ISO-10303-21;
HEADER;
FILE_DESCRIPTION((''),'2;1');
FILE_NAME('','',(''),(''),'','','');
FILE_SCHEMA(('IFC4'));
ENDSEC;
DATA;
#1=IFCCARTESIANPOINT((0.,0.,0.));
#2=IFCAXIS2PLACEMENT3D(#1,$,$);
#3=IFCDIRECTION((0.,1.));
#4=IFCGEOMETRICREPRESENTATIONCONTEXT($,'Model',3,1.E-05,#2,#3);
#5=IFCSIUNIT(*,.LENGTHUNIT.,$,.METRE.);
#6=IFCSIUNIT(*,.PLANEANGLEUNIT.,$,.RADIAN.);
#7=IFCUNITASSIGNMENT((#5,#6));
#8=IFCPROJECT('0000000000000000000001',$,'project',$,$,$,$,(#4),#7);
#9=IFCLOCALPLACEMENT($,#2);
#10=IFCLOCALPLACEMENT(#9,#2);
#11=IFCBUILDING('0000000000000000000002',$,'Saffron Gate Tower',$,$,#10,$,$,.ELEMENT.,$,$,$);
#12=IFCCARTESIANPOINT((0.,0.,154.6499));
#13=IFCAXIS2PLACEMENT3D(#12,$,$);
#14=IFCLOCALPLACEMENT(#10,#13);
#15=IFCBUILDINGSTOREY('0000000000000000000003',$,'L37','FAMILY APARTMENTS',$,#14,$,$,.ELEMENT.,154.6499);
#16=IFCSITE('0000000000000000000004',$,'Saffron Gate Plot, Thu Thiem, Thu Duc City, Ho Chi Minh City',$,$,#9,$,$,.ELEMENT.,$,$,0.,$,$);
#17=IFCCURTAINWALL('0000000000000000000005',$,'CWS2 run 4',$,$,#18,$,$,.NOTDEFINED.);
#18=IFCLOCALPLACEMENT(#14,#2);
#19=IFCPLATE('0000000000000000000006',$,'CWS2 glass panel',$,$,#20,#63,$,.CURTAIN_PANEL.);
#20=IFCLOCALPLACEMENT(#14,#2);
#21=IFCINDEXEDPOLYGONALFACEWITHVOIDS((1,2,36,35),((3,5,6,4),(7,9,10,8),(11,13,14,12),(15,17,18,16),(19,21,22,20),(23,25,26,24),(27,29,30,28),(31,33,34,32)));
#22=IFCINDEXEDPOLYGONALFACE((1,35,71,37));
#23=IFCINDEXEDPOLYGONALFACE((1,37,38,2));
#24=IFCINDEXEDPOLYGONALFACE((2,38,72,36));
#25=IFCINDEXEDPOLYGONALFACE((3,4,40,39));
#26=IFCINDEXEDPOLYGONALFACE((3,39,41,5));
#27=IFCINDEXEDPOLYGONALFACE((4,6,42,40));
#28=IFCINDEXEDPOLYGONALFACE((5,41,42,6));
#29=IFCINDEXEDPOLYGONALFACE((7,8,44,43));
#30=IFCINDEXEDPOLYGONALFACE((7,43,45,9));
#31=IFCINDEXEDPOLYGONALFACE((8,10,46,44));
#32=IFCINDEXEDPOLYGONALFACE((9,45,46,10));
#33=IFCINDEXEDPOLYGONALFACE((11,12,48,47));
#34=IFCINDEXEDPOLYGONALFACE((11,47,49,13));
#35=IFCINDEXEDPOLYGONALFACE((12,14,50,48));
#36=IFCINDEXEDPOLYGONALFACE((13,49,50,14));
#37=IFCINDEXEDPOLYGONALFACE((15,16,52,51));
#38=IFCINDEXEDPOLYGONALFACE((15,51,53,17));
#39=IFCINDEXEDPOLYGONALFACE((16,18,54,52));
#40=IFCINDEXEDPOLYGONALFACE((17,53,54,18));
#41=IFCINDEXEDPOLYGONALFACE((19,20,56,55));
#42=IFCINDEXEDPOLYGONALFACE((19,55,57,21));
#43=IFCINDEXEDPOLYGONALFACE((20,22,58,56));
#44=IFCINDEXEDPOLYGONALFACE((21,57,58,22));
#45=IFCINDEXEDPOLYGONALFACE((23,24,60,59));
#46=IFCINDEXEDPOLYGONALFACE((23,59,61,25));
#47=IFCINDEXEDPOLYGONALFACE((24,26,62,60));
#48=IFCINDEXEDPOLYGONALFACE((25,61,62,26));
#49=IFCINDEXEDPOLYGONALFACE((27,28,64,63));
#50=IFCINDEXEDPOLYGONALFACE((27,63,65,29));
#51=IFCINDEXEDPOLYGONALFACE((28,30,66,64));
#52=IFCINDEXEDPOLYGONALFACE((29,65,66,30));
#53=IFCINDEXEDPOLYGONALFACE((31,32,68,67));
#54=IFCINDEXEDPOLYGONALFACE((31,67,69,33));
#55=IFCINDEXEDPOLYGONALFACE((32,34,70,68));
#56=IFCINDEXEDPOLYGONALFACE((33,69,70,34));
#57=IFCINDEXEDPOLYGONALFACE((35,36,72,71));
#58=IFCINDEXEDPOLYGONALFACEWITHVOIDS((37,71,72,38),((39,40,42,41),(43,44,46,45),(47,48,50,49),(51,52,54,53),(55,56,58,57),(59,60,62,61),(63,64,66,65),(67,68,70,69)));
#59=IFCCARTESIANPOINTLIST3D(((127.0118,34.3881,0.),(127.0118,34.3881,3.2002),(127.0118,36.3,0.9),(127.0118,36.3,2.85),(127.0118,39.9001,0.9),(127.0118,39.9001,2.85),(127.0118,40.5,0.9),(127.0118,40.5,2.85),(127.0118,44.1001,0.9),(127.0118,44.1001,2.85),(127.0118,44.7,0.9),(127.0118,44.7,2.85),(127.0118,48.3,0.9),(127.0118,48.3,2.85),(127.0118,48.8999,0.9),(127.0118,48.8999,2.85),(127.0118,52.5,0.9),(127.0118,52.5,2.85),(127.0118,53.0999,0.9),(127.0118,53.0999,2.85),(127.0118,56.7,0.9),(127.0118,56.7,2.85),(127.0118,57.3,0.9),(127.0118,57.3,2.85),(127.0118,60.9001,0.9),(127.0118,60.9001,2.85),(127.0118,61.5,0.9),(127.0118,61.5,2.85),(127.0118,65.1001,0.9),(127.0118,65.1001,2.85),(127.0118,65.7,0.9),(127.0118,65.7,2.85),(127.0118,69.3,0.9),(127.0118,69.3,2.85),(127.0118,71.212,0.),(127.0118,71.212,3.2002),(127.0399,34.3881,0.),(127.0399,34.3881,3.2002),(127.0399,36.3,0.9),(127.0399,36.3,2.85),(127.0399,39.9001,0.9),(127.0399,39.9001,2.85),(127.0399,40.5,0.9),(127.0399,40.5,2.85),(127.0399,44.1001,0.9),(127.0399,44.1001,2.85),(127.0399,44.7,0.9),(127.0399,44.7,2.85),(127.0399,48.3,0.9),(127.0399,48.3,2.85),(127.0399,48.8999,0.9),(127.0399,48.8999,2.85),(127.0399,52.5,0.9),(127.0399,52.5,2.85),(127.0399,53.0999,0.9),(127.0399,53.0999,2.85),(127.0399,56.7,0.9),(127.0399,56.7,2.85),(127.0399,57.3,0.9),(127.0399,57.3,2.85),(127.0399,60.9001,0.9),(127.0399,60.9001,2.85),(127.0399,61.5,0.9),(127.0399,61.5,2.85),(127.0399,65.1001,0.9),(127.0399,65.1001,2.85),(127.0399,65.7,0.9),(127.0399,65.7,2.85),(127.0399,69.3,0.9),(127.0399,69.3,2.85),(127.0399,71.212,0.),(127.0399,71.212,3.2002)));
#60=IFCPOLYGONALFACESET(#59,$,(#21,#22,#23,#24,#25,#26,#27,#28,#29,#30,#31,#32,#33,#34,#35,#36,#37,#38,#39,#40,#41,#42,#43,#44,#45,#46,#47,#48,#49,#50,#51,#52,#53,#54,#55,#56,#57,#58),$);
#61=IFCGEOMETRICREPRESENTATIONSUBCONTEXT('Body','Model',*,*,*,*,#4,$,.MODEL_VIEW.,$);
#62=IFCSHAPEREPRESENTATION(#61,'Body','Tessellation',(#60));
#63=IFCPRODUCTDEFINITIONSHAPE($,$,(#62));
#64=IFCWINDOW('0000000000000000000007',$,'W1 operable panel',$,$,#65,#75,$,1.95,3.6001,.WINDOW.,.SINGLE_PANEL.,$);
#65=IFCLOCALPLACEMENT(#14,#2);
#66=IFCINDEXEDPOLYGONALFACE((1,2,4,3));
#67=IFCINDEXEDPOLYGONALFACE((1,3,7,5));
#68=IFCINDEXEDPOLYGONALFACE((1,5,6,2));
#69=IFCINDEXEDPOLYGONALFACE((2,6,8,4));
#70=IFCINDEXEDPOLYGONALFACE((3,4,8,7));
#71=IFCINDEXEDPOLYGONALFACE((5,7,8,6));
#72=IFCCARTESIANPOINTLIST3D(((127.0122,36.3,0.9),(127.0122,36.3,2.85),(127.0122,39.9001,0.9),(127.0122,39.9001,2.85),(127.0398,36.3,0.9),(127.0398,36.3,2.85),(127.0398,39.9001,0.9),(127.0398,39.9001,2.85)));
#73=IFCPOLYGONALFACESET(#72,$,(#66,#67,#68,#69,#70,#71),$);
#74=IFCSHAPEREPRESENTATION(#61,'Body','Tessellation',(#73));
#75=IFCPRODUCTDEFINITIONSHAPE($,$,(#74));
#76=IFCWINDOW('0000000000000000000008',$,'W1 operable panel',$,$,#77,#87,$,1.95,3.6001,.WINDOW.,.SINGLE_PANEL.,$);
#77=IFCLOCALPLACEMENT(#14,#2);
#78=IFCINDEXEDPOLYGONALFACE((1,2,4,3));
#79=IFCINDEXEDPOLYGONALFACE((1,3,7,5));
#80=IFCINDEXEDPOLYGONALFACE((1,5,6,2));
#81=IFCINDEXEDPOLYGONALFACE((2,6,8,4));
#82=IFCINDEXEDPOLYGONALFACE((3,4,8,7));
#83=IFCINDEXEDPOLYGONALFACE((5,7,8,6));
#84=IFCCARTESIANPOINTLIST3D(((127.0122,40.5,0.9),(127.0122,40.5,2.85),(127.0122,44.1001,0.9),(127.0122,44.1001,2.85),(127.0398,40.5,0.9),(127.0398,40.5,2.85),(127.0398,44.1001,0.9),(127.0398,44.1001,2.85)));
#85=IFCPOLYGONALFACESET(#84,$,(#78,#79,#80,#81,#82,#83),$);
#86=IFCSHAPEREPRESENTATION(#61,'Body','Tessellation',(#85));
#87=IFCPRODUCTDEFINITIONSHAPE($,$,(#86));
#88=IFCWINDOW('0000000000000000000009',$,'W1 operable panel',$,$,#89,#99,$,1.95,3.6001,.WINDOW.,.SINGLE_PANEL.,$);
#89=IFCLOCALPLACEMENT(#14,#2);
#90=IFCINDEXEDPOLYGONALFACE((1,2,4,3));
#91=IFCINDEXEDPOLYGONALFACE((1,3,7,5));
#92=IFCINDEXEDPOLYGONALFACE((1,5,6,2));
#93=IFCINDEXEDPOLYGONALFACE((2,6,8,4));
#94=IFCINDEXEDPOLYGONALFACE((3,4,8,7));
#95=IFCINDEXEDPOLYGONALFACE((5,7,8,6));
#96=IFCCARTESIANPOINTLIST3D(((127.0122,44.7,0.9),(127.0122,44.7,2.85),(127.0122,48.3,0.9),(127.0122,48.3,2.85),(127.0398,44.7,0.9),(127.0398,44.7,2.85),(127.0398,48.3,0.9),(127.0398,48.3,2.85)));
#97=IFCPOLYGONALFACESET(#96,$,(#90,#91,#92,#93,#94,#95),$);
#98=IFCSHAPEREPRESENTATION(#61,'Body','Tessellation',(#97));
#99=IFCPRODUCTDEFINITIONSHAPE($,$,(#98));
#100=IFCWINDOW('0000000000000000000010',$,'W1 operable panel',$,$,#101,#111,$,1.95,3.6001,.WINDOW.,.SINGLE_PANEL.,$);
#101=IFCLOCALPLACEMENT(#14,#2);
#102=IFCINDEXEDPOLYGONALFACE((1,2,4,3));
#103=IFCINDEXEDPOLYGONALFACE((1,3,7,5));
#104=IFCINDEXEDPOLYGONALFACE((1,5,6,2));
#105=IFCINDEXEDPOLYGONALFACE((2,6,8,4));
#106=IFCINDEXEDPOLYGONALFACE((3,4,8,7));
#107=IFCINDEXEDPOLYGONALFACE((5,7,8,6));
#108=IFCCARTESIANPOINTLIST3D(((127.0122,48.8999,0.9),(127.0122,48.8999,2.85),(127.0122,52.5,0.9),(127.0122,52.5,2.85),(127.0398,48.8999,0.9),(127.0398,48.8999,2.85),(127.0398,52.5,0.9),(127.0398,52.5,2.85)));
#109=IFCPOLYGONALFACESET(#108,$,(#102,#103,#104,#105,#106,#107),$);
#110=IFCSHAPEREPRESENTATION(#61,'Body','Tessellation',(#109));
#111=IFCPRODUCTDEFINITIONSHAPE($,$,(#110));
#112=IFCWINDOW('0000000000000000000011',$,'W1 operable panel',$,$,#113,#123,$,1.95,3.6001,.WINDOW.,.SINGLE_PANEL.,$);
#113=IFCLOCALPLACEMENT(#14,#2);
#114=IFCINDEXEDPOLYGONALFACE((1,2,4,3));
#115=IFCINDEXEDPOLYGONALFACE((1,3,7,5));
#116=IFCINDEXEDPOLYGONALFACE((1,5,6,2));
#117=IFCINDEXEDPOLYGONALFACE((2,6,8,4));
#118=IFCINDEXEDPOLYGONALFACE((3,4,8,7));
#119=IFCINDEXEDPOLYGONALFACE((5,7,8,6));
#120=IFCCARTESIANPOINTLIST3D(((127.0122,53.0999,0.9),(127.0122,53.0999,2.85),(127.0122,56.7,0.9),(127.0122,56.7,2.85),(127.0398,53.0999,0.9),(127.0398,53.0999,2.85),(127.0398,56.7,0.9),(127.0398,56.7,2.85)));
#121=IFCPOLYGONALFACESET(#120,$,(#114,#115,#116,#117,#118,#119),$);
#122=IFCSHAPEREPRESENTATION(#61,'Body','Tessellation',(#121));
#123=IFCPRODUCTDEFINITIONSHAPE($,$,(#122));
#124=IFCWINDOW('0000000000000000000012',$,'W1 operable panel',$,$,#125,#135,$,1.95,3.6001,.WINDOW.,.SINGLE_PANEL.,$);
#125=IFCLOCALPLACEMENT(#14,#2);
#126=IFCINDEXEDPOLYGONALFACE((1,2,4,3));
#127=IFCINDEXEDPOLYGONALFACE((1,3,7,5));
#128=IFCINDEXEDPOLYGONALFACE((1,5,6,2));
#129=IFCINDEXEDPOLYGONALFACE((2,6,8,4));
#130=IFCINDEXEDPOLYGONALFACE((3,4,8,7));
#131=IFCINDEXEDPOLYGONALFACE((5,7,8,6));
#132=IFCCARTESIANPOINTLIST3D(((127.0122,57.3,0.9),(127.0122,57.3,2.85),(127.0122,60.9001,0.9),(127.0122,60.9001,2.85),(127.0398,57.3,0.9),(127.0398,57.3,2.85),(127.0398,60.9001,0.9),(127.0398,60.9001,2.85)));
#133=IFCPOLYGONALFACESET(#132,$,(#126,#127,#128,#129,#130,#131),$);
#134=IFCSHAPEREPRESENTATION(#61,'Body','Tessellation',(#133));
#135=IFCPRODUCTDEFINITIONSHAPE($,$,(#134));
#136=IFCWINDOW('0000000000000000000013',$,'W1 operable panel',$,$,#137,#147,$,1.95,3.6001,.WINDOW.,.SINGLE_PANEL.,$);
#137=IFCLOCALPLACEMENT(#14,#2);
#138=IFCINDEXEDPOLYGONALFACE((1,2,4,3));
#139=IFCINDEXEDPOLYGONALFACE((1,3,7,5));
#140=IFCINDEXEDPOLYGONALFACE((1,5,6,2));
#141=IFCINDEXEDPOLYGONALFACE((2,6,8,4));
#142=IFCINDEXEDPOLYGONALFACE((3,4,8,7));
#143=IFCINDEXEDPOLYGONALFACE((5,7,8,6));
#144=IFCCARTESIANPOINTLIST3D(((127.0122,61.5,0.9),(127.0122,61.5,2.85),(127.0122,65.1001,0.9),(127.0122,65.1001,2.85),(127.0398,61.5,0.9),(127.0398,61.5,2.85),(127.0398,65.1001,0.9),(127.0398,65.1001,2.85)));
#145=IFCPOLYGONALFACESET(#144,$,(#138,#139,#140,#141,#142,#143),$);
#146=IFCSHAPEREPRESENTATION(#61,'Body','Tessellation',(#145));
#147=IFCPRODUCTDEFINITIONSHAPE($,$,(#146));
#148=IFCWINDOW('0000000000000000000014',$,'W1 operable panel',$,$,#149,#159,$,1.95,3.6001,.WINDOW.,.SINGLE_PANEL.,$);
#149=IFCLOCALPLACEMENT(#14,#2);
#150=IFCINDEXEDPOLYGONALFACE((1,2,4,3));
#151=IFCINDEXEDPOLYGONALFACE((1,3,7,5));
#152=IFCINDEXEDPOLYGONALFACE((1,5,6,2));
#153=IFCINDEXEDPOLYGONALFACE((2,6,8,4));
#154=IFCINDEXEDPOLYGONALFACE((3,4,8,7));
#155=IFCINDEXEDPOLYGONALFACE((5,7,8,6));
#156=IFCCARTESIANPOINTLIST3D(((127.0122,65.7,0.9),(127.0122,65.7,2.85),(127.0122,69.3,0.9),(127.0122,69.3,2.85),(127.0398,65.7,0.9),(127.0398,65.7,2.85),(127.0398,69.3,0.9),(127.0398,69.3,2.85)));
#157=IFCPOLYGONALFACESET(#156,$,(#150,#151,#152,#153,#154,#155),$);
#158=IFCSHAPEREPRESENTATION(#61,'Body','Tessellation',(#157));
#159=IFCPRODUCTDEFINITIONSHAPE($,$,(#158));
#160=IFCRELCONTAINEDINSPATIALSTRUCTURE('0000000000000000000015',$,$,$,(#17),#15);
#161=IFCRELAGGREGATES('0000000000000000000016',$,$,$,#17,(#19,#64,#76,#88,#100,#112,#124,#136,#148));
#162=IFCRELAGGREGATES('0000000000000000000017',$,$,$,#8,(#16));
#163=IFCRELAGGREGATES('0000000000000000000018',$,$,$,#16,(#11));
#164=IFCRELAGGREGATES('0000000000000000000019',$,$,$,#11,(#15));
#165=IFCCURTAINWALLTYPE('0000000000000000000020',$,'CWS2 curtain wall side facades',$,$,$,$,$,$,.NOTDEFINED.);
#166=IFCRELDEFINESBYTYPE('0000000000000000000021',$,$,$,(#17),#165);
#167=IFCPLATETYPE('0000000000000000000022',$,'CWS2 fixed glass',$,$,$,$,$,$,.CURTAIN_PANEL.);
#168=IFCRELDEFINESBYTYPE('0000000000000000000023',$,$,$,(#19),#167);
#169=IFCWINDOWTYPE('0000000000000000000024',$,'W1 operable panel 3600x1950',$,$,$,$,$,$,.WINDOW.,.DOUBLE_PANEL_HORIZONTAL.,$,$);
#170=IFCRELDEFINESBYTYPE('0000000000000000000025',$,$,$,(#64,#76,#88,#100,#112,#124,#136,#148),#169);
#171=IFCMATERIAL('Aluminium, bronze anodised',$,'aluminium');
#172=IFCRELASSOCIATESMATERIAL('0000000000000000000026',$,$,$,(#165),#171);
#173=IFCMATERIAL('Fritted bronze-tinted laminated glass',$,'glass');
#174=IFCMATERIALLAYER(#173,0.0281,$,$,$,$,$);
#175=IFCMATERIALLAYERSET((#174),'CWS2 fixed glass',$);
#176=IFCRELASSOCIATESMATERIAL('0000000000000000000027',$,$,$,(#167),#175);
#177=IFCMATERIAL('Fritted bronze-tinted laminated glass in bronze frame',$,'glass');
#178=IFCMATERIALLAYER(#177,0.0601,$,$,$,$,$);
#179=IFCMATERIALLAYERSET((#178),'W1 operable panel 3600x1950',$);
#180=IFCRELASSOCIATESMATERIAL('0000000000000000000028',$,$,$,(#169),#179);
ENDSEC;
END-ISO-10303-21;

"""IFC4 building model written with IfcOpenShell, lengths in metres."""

from ifc_helpers import new_model, si_unit, direction, frame, frame_2d, origin, place, context, subcontext, project, spatial, rectangle, extrude, material, layer, layer_set, type_object, element, fill, aggregate, save


model = new_model("IFC4")

# Units and contexts
model_context = context("Model", 3, precision=1e-05, world=origin(), true_north=direction((0.0, 1.0)))
body_context = subcontext(model_context, "Body", "Model", "MODEL_VIEW")
ifc_project = project(units=[si_unit("LENGTHUNIT", "METRE"), si_unit("PLANEANGLEUNIT", "RADIAN")], contexts=[model_context])

# Site, building, storey
site_placement = place(None, origin())
site = spatial("IfcSite", under=ifc_project, at=site_placement, Name="Saffron Gate Plot, Thu Thiem, Thu Duc City, Ho Chi Minh City", CompositionType="ELEMENT", RefElevation=0.0)
building_placement = place(site_placement, origin())
building = spatial("IfcBuilding", under=site, at=building_placement, Name="Saffron Gate Tower", CompositionType="ELEMENT")
storey_placement = place(building_placement, frame((0.0, 0.0, 154.6499)))
storey = spatial("IfcBuildingStorey", under=building, at=storey_placement, Name="L37", Description="FAMILY APARTMENTS", CompositionType="ELEMENT", Elevation=154.6499)

# Curtain wall
ifc_material_1 = material(Name="Aluminium, bronze anodised", Category="aluminium")
curtain_wall_type_1 = type_object("IfcCurtainWallType", Name="CWS2 curtain wall side facades", PredefinedType="NOTDEFINED", material=ifc_material_1)
curtain_wall_1_placement = place(storey_placement, origin())
curtain_wall_1 = element("IfcCurtainWall", 1, at=curtain_wall_1_placement, inside=storey, type_object=curtain_wall_type_1, Name="CWS2 run 4", PredefinedType="NOTDEFINED")

# Plate, openings, windows
ifc_material_2 = material(Name="Fritted bronze-tinted laminated glass", Category="glass")
ifc_layer_1 = layer(ifc_material_2, 0.0281)
ifc_layer_set_1 = layer_set([ifc_layer_1], Name="CWS2 fixed glass")
plate_type_1 = type_object("IfcPlateType", Name="CWS2 fixed glass", PredefinedType="CURTAIN_PANEL", material=ifc_layer_set_1)
plate_1_placement = place(storey_placement, frame((127.0259, 34.3879, 0.0), z_axis=(0.0, 0.0, 1.0), x_axis=(0.0, 1.0, 0.0)))
plate_1 = element("IfcPlate", 2, at=plate_1_placement, type_object=plate_type_1, Name="CWS2 glass panel", PredefinedType="CURTAIN_PANEL", context=body_context, shape_type="SweptSolid", body=[
    extrude(rectangle(XDim=36.824, YDim=0.0281, at=frame_2d((18.4121, 0.0))), origin(), (0.0, 0.0, 1.0), 3.2002),
])
opening_1_placement = place(plate_1_placement, frame((1.9121, 0.0, 0.8999)))
opening_1 = element("IfcOpeningElement", 3, at=opening_1_placement, cuts=plate_1, PredefinedType="OPENING", context=body_context, shape_type="SweptSolid", body=[
    extrude(rectangle(XDim=3.6001, YDim=1.95, at=frame_2d((1.8, 0.9751))), frame((0.0, 0.0239, 0.0), z_axis=(0.0, -1.0, 0.0), x_axis=(1.0, 0.0, 0.0)), (0.0, 0.0, 1.0), 0.0481),
])
opening_2_placement = place(plate_1_placement, frame((6.1121, 0.0, 0.8999)))
opening_2 = element("IfcOpeningElement", 4, at=opening_2_placement, cuts=plate_1, PredefinedType="OPENING", context=body_context, shape_type="SweptSolid", body=[
    extrude(rectangle(XDim=3.6001, YDim=1.95, at=frame_2d((1.8, 0.9751))), frame((0.0, 0.0239, 0.0), z_axis=(0.0, -1.0, 0.0), x_axis=(1.0, 0.0, 0.0)), (0.0, 0.0, 1.0), 0.0481),
])
opening_3_placement = place(plate_1_placement, frame((10.312, 0.0, 0.8999)))
opening_3 = element("IfcOpeningElement", 5, at=opening_3_placement, cuts=plate_1, PredefinedType="OPENING", context=body_context, shape_type="SweptSolid", body=[
    extrude(rectangle(XDim=3.6001, YDim=1.95, at=frame_2d((1.8, 0.9751))), frame((0.0, 0.0239, 0.0), z_axis=(0.0, -1.0, 0.0), x_axis=(1.0, 0.0, 0.0)), (0.0, 0.0, 1.0), 0.0481),
])
opening_4_placement = place(plate_1_placement, frame((14.512, 0.0, 0.8999)))
opening_4 = element("IfcOpeningElement", 6, at=opening_4_placement, cuts=plate_1, PredefinedType="OPENING", context=body_context, shape_type="SweptSolid", body=[
    extrude(rectangle(XDim=3.6001, YDim=1.95, at=frame_2d((1.8, 0.9751))), frame((0.0, 0.0239, 0.0), z_axis=(0.0, -1.0, 0.0), x_axis=(1.0, 0.0, 0.0)), (0.0, 0.0, 1.0), 0.0481),
])
opening_5_placement = place(plate_1_placement, frame((18.7119, 0.0, 0.8999)))
opening_5 = element("IfcOpeningElement", 7, at=opening_5_placement, cuts=plate_1, PredefinedType="OPENING", context=body_context, shape_type="SweptSolid", body=[
    extrude(rectangle(XDim=3.6001, YDim=1.95, at=frame_2d((1.8, 0.9751))), frame((0.0, 0.0239, 0.0), z_axis=(0.0, -1.0, 0.0), x_axis=(1.0, 0.0, 0.0)), (0.0, 0.0, 1.0), 0.0481),
])
opening_6_placement = place(plate_1_placement, frame((22.9121, 0.0, 0.8999)))
opening_6 = element("IfcOpeningElement", 8, at=opening_6_placement, cuts=plate_1, PredefinedType="OPENING", context=body_context, shape_type="SweptSolid", body=[
    extrude(rectangle(XDim=3.6001, YDim=1.95, at=frame_2d((1.8, 0.9751))), frame((0.0, 0.0239, 0.0), z_axis=(0.0, -1.0, 0.0), x_axis=(1.0, 0.0, 0.0)), (0.0, 0.0, 1.0), 0.0481),
])
opening_7_placement = place(plate_1_placement, frame((27.1121, 0.0, 0.8999)))
opening_7 = element("IfcOpeningElement", 9, at=opening_7_placement, cuts=plate_1, PredefinedType="OPENING", context=body_context, shape_type="SweptSolid", body=[
    extrude(rectangle(XDim=3.6001, YDim=1.95, at=frame_2d((1.8, 0.9751))), frame((0.0, 0.0239, 0.0), z_axis=(0.0, -1.0, 0.0), x_axis=(1.0, 0.0, 0.0)), (0.0, 0.0, 1.0), 0.0481),
])
opening_8_placement = place(plate_1_placement, frame((31.312, 0.0, 0.8999)))
opening_8 = element("IfcOpeningElement", 10, at=opening_8_placement, cuts=plate_1, PredefinedType="OPENING", context=body_context, shape_type="SweptSolid", body=[
    extrude(rectangle(XDim=3.6001, YDim=1.95, at=frame_2d((1.8, 0.9751))), frame((0.0, 0.0239, 0.0), z_axis=(0.0, -1.0, 0.0), x_axis=(1.0, 0.0, 0.0)), (0.0, 0.0, 1.0), 0.0481),
])
ifc_material_3 = material(Name="Fritted bronze-tinted laminated glass in bronze frame", Category="glass")
ifc_layer_2 = layer(ifc_material_3, 0.0601)
ifc_layer_set_2 = layer_set([ifc_layer_2], Name="W1 operable panel 3600x1950")
window_type = type_object("IfcWindowType", Name="W1 operable panel 3600x1950", PartitioningType="DOUBLE_PANEL_HORIZONTAL", PredefinedType="WINDOW", material=ifc_layer_set_2)
window_1_placement = place(opening_1_placement, origin())
window_1 = element("IfcWindow", 11, at=window_1_placement, type_object=window_type, Name="W1 operable panel", OverallHeight=1.95, OverallWidth=3.6001, PartitioningType="SINGLE_PANEL", PredefinedType="WINDOW", context=body_context, shape_type="SweptSolid", body=[
    extrude(rectangle(XDim=3.6001, YDim=1.95, at=frame_2d((1.8, 0.9751))), frame((0.0, 0.0137, 0.0), z_axis=(0.0, -1.0, 0.0), x_axis=(1.0, 0.0, 0.0)), (0.0, 0.0, 1.0), 0.0276),
])
fill(opening_1, window_1)
window_2_placement = place(opening_2_placement, origin())
window_2 = element("IfcWindow", 12, at=window_2_placement, type_object=window_type, Name="W1 operable panel", OverallHeight=1.95, OverallWidth=3.6001, PartitioningType="SINGLE_PANEL", PredefinedType="WINDOW", context=body_context, shape_type="SweptSolid", body=[
    extrude(rectangle(XDim=3.6001, YDim=1.95, at=frame_2d((1.8, 0.9751))), frame((0.0, 0.0137, 0.0), z_axis=(0.0, -1.0, 0.0), x_axis=(1.0, 0.0, 0.0)), (0.0, 0.0, 1.0), 0.0276),
])
fill(opening_2, window_2)
window_3_placement = place(opening_3_placement, origin())
window_3 = element("IfcWindow", 13, at=window_3_placement, type_object=window_type, Name="W1 operable panel", OverallHeight=1.95, OverallWidth=3.6001, PartitioningType="SINGLE_PANEL", PredefinedType="WINDOW", context=body_context, shape_type="SweptSolid", body=[
    extrude(rectangle(XDim=3.6001, YDim=1.95, at=frame_2d((1.8, 0.9751))), frame((0.0, 0.0137, 0.0), z_axis=(0.0, -1.0, 0.0), x_axis=(1.0, 0.0, 0.0)), (0.0, 0.0, 1.0), 0.0276),
])
fill(opening_3, window_3)
window_4_placement = place(opening_4_placement, origin())
window_4 = element("IfcWindow", 14, at=window_4_placement, type_object=window_type, Name="W1 operable panel", OverallHeight=1.95, OverallWidth=3.6001, PartitioningType="SINGLE_PANEL", PredefinedType="WINDOW", context=body_context, shape_type="SweptSolid", body=[
    extrude(rectangle(XDim=3.6001, YDim=1.95, at=frame_2d((1.8, 0.9751))), frame((0.0, 0.0137, 0.0), z_axis=(0.0, -1.0, 0.0), x_axis=(1.0, 0.0, 0.0)), (0.0, 0.0, 1.0), 0.0276),
])
fill(opening_4, window_4)
window_5_placement = place(opening_5_placement, origin())
window_5 = element("IfcWindow", 15, at=window_5_placement, type_object=window_type, Name="W1 operable panel", OverallHeight=1.95, OverallWidth=3.6001, PartitioningType="SINGLE_PANEL", PredefinedType="WINDOW", context=body_context, shape_type="SweptSolid", body=[
    extrude(rectangle(XDim=3.6001, YDim=1.95, at=frame_2d((1.8, 0.9751))), frame((0.0, 0.0137, 0.0), z_axis=(0.0, -1.0, 0.0), x_axis=(1.0, 0.0, 0.0)), (0.0, 0.0, 1.0), 0.0276),
])
fill(opening_5, window_5)
window_6_placement = place(opening_6_placement, origin())
window_6 = element("IfcWindow", 16, at=window_6_placement, type_object=window_type, Name="W1 operable panel", OverallHeight=1.95, OverallWidth=3.6001, PartitioningType="SINGLE_PANEL", PredefinedType="WINDOW", context=body_context, shape_type="SweptSolid", body=[
    extrude(rectangle(XDim=3.6001, YDim=1.95, at=frame_2d((1.8, 0.9751))), frame((0.0, 0.0137, 0.0), z_axis=(0.0, -1.0, 0.0), x_axis=(1.0, 0.0, 0.0)), (0.0, 0.0, 1.0), 0.0276),
])
fill(opening_6, window_6)
window_7_placement = place(opening_7_placement, origin())
window_7 = element("IfcWindow", 17, at=window_7_placement, type_object=window_type, Name="W1 operable panel", OverallHeight=1.95, OverallWidth=3.6001, PartitioningType="SINGLE_PANEL", PredefinedType="WINDOW", context=body_context, shape_type="SweptSolid", body=[
    extrude(rectangle(XDim=3.6001, YDim=1.95, at=frame_2d((1.8, 0.9751))), frame((0.0, 0.0137, 0.0), z_axis=(0.0, -1.0, 0.0), x_axis=(1.0, 0.0, 0.0)), (0.0, 0.0, 1.0), 0.0276),
])
fill(opening_7, window_7)
window_8_placement = place(opening_8_placement, origin())
window_8 = element("IfcWindow", 18, at=window_8_placement, type_object=window_type, Name="W1 operable panel", OverallHeight=1.95, OverallWidth=3.6001, PartitioningType="SINGLE_PANEL", PredefinedType="WINDOW", context=body_context, shape_type="SweptSolid", body=[
    extrude(rectangle(XDim=3.6001, YDim=1.95, at=frame_2d((1.8, 0.9751))), frame((0.0, 0.0137, 0.0), z_axis=(0.0, -1.0, 0.0), x_axis=(1.0, 0.0, 0.0)), (0.0, 0.0, 1.0), 0.0276),
])
fill(opening_8, window_8)
aggregate(curtain_wall_1, [plate_1, window_1, window_2, window_3, window_4, window_5, window_6, window_7, window_8])

save(model, "model.ifc")
